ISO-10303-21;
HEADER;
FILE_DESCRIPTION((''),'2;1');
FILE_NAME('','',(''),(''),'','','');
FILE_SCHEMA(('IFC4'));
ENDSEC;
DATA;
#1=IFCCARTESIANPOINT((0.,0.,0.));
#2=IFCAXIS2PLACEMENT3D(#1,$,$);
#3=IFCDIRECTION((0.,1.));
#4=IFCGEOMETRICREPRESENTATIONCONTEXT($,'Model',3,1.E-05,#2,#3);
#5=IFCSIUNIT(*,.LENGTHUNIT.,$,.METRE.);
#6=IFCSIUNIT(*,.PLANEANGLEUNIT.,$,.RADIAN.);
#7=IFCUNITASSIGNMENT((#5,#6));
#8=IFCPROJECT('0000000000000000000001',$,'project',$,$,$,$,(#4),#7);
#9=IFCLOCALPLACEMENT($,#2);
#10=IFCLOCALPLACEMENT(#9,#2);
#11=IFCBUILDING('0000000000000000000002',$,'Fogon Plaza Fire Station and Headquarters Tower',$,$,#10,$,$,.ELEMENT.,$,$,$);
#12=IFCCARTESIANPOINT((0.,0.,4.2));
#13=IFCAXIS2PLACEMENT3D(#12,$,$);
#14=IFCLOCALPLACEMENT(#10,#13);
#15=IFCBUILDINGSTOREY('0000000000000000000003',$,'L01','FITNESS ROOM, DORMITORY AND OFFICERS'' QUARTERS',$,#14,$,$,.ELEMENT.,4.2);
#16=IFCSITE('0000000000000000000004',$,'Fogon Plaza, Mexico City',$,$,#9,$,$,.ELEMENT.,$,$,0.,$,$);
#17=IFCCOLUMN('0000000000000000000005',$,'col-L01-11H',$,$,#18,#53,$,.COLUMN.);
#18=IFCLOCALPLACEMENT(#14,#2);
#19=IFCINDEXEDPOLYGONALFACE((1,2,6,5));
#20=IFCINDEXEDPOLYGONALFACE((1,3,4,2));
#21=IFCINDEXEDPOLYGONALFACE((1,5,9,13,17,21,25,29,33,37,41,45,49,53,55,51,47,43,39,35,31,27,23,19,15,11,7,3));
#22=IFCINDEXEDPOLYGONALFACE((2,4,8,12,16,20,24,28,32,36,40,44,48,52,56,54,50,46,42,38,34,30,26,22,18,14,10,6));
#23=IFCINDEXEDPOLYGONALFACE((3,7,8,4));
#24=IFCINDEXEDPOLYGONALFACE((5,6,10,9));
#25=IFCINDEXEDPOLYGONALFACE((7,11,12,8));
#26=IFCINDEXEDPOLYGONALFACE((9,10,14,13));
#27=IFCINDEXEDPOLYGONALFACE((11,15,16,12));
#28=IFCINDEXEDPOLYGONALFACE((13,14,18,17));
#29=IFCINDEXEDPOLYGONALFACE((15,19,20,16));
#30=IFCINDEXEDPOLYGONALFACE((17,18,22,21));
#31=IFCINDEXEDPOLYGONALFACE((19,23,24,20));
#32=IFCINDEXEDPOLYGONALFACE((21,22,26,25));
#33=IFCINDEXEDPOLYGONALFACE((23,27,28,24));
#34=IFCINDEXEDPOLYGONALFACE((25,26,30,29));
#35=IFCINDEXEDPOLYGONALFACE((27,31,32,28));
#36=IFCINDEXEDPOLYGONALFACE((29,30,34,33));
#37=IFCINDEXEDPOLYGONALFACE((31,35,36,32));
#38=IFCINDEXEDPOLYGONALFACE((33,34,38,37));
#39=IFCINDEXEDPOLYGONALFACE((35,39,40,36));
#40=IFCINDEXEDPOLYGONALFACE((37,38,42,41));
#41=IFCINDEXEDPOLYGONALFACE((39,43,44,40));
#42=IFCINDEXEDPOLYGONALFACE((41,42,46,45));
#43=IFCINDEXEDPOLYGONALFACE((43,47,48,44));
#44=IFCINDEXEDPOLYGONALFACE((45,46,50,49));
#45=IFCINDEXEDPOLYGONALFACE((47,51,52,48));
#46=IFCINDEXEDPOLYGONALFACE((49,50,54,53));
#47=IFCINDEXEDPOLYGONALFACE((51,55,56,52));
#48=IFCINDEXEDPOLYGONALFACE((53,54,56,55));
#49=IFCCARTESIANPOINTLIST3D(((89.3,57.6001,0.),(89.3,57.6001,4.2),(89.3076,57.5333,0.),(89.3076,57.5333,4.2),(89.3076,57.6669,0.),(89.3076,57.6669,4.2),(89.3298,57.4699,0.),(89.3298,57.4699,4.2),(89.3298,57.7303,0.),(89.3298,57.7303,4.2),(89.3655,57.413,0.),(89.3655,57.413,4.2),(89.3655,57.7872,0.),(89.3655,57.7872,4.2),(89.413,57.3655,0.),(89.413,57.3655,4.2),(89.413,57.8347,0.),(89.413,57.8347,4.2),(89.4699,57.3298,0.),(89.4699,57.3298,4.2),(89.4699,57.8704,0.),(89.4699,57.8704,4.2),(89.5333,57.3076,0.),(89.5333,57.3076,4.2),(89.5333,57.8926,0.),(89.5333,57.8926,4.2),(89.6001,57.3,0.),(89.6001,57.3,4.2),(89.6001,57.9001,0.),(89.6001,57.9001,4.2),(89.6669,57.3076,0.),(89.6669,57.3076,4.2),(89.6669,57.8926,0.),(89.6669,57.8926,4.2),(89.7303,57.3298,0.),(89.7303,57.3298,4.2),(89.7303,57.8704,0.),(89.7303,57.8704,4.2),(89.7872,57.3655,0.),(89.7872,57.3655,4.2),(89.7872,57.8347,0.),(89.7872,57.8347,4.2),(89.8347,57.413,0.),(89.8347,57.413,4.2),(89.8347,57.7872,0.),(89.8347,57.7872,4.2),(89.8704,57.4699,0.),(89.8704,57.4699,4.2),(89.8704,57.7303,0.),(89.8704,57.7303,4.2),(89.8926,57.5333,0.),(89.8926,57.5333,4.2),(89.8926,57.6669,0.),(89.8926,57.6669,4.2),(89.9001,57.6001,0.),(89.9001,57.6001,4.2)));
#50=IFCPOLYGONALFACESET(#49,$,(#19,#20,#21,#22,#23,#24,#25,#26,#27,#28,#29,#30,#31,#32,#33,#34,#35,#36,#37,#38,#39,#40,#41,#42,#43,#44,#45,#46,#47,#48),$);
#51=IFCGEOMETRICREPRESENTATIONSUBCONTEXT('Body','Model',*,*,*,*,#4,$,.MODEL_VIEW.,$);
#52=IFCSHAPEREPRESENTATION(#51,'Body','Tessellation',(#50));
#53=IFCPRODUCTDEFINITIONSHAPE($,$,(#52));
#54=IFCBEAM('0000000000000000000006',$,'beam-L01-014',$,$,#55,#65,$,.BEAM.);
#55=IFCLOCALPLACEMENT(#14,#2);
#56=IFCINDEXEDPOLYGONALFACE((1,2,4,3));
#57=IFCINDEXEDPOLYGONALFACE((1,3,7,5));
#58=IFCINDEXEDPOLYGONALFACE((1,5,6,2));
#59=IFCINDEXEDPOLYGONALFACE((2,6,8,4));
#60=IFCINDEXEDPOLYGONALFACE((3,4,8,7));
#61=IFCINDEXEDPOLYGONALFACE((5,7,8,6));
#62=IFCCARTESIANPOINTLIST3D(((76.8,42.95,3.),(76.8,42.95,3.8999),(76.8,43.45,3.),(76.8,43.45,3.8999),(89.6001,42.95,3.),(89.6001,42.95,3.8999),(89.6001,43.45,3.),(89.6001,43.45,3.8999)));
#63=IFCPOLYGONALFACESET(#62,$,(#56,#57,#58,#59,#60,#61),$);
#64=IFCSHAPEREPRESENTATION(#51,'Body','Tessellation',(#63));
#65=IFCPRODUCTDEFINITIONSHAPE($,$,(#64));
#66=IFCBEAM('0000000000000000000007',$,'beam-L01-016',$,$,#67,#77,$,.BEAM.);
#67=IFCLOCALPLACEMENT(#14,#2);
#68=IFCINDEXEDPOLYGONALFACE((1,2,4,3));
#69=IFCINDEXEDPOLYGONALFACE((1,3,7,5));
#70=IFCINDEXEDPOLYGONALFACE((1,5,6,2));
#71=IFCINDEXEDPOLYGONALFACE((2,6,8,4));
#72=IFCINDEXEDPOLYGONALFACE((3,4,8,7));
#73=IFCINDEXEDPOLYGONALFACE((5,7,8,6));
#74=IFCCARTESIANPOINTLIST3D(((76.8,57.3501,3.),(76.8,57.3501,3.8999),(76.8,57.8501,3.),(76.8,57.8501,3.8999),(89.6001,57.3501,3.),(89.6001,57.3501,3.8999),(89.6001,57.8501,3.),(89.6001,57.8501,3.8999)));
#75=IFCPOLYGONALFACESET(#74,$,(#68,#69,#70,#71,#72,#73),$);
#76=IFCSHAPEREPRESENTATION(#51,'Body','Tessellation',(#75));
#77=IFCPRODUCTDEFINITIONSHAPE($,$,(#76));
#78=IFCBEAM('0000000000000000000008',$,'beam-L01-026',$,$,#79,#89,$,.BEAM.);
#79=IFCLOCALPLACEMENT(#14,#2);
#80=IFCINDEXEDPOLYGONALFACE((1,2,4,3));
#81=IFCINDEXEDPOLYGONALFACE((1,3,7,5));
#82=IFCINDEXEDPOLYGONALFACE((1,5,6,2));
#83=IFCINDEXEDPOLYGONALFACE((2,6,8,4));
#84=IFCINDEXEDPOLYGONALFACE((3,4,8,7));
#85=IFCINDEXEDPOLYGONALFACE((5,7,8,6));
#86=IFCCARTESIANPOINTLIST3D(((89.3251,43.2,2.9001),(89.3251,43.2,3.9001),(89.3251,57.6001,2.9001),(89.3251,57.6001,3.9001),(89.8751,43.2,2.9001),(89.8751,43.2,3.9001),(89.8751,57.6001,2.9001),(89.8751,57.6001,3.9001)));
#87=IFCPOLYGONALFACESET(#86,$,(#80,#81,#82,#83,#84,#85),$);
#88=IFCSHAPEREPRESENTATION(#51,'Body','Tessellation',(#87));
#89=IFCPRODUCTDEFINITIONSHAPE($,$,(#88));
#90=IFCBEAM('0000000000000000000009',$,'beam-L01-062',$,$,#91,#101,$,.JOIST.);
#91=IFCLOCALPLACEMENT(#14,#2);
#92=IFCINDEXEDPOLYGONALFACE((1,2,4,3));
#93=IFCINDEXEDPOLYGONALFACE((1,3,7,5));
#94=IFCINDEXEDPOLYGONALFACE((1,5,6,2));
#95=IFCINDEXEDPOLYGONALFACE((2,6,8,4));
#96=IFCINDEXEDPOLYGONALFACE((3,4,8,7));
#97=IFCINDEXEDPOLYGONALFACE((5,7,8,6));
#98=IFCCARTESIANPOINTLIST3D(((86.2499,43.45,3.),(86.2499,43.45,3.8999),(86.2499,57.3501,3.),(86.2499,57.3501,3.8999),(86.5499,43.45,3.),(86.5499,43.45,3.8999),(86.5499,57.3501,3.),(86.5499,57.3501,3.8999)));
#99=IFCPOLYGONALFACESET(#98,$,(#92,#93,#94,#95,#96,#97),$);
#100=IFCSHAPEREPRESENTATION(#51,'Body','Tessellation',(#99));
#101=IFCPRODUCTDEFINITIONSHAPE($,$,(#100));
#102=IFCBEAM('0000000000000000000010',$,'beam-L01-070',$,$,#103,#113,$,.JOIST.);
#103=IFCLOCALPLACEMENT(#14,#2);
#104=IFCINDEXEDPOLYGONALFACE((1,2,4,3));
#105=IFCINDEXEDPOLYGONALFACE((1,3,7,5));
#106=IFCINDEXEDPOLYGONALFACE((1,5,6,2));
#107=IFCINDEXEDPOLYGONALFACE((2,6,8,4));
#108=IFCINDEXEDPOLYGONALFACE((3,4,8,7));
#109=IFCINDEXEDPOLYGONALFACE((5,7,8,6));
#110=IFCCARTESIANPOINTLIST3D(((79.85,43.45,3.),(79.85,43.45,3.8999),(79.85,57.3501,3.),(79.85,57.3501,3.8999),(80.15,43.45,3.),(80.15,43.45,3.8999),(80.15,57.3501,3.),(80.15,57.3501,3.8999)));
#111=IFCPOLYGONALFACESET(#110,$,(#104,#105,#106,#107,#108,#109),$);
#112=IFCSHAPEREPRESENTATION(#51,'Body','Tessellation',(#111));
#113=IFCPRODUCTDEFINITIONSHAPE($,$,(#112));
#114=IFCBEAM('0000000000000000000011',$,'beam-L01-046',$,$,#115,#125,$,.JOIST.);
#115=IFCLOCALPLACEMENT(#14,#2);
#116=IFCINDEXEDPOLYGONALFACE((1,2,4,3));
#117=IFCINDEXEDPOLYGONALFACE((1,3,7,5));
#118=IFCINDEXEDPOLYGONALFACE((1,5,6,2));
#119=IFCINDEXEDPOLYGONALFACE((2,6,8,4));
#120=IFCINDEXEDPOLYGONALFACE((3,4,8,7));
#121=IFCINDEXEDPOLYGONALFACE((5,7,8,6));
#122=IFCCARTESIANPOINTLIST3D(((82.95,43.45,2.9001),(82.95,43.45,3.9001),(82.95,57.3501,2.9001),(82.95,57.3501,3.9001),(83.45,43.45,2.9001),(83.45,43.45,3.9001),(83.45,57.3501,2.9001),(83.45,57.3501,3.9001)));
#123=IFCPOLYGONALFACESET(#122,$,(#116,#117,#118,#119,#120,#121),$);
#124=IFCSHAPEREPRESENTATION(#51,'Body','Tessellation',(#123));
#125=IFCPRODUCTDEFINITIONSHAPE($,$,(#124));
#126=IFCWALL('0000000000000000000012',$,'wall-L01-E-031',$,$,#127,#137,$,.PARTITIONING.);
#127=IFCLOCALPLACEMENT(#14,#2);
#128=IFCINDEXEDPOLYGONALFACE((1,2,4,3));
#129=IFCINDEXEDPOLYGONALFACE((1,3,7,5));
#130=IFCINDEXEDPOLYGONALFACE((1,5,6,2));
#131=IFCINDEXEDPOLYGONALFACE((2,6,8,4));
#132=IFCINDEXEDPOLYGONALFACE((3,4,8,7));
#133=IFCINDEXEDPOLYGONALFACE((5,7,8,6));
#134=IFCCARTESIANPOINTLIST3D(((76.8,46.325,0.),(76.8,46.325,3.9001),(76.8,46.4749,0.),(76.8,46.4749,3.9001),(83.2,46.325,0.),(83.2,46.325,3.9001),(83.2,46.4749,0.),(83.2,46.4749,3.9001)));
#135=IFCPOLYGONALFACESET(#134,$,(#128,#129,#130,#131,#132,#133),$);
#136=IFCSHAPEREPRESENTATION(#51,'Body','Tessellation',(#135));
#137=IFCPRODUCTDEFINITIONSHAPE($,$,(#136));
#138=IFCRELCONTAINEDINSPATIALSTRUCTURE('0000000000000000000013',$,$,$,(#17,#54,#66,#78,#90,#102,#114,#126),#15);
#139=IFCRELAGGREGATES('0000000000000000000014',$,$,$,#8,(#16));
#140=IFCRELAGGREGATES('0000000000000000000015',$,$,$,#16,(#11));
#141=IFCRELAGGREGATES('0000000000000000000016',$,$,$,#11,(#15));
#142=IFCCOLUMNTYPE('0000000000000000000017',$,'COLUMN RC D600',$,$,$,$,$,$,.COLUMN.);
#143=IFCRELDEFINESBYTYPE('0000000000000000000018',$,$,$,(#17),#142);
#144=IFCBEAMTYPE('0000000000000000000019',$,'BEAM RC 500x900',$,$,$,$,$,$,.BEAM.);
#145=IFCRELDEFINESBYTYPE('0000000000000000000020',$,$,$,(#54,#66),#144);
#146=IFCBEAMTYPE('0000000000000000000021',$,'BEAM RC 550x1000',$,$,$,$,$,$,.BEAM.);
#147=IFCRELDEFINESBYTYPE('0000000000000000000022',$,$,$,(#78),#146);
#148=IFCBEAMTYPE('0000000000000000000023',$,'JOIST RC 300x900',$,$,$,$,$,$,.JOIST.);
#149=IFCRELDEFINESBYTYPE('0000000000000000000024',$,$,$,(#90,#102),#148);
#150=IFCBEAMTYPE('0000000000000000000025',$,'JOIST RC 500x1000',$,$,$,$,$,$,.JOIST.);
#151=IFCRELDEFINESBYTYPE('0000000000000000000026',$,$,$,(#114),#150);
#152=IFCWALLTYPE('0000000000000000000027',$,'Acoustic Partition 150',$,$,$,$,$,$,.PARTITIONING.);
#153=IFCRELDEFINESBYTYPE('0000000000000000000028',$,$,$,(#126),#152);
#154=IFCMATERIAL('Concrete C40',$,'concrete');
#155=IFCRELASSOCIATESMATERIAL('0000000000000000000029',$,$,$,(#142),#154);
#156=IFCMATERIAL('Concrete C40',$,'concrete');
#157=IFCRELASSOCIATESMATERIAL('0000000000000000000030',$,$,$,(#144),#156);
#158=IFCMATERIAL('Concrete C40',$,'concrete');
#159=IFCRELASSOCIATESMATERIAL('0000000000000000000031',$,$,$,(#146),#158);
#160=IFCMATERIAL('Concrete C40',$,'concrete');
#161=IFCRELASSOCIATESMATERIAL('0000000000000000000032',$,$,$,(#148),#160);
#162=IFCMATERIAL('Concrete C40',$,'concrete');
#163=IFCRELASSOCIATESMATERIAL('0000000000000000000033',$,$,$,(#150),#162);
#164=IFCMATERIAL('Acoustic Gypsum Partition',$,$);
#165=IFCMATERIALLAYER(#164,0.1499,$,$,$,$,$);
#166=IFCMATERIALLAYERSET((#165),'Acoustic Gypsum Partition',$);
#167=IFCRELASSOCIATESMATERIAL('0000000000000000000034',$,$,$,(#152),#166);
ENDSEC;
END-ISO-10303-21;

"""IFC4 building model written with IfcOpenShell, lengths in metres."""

from ifc_helpers import new_model, si_unit, direction, frame, frame_2d, origin, origin_2d, place, context, subcontext, project, spatial, rectangle, circle, extrude, material, layer, layer_set, material_profile, profile_set, type_object, element, save


model = new_model("IFC4")

# Units and contexts
model_context = context("Model", 3, precision=1e-05, world=origin(), true_north=direction((0.0, 1.0)))
body_context = subcontext(model_context, "Body", "Model", "MODEL_VIEW")
ifc_project = project(units=[si_unit("LENGTHUNIT", "METRE"), si_unit("PLANEANGLEUNIT", "RADIAN")], contexts=[model_context])

# Site, building, storey
site_placement = place(None, origin())
site = spatial("IfcSite", under=ifc_project, at=site_placement, Name="Fogon Plaza, Mexico City", CompositionType="ELEMENT", RefElevation=0.0)
building_placement = place(site_placement, origin())
building = spatial("IfcBuilding", under=site, at=building_placement, Name="Fogon Plaza Fire Station and Headquarters Tower", CompositionType="ELEMENT")
storey_placement = place(building_placement, frame((0.0, 0.0, 4.2)))
storey = spatial("IfcBuildingStorey", under=building, at=storey_placement, Name="L01", Description="FITNESS ROOM, DORMITORY AND OFFICERS' QUARTERS", CompositionType="ELEMENT", Elevation=4.2)

# Column
ifc_material_1 = material(Name="Concrete C40", Category="concrete")
ifc_material_profile_1 = material_profile(ifc_material_1, circle(Radius=0.3, at=origin_2d()), Name="RC D600")
ifc_profile_set_1 = profile_set([ifc_material_profile_1], Name="Concrete C40")
column_type = type_object("IfcColumnType", Name="COLUMN RC D600", PredefinedType="COLUMN", material=ifc_profile_set_1)
column_placement = place(storey_placement, frame((89.6001, 57.6001, 0.0), z_axis=(0.0, 0.0, 1.0), x_axis=(1.0, 0.0, 0.0)))
element("IfcColumn", 1, at=column_placement, inside=storey, type_object=column_type, Name="col-L01-11H", PredefinedType="COLUMN", context=body_context, shape_type="SweptSolid", body=[
    extrude(circle(Radius=0.3, at=origin_2d()), origin(), (0.0, 0.0, 1.0), 4.2),
])

# Beams
ifc_material_2 = material(Name="Concrete C40", Category="concrete")
ifc_material_profile_2 = material_profile(ifc_material_2, rectangle(XDim=0.5, YDim=0.8999, at=origin_2d()), Name="RC 500x900")
ifc_profile_set_2 = profile_set([ifc_material_profile_2], Name="Concrete C40")
beam_type_1 = type_object("IfcBeamType", Name="BEAM RC 500x900", PredefinedType="BEAM", material=ifc_profile_set_2)
for number, where, z_axis, x_axis, name in (
    (2, (89.6001, 43.2, 3.45), (-1.0, 0.0, 0.0), (0.0, -1.0, 0.0), "beam-L01-014"),
    (3, (89.6001, 57.6001, 3.45), (-1.0, 0.0, 0.0), (0.0, -1.0, 0.0), "beam-L01-016"),
):
    element("IfcBeam", number, at=place(storey_placement, frame(where, z_axis=z_axis, x_axis=x_axis)), inside=storey, type_object=beam_type_1, Name=name, PredefinedType="BEAM", context=body_context, shape_type="SweptSolid", body=[
        extrude(rectangle(XDim=0.5, YDim=0.8999, at=origin_2d()), origin(), (0.0, 0.0, 1.0), 12.8),
    ])
ifc_material_3 = material(Name="Concrete C40", Category="concrete")
ifc_material_profile_3 = material_profile(ifc_material_3, rectangle(XDim=0.55, YDim=1.0, at=origin_2d()), Name="RC 550x1000")
ifc_profile_set_3 = profile_set([ifc_material_profile_3], Name="Concrete C40")
beam_type_2 = type_object("IfcBeamType", Name="BEAM RC 550x1000", PredefinedType="BEAM", material=ifc_profile_set_3)
beam_1_placement = place(storey_placement, frame((89.6001, 43.2, 3.4001), z_axis=(0.0, 1.0, 0.0), x_axis=(-1.0, 0.0, 0.0)))
element("IfcBeam", 4, at=beam_1_placement, inside=storey, type_object=beam_type_2, Name="beam-L01-026", PredefinedType="BEAM", context=body_context, shape_type="SweptSolid", body=[
    extrude(rectangle(XDim=0.55, YDim=1.0, at=origin_2d()), origin(), (0.0, 0.0, 1.0), 14.4001),
])
ifc_material_4 = material(Name="Concrete C40", Category="concrete")
ifc_material_profile_4 = material_profile(ifc_material_4, rectangle(XDim=0.3, YDim=0.8999, at=origin_2d()), Name="RC 300x900")
ifc_profile_set_4 = profile_set([ifc_material_profile_4], Name="Concrete C40")
beam_type_3 = type_object("IfcBeamType", Name="JOIST RC 300x900", PredefinedType="JOIST", material=ifc_profile_set_4)
for number, where, z_axis, x_axis, name in (
    (5, (86.3999, 43.45, 3.45), (0.0, 1.0, 0.0), (-1.0, 0.0, 0.0), "beam-L01-062"),
    (6, (80.0, 43.45, 3.45), (0.0, 1.0, 0.0), (-1.0, 0.0, 0.0), "beam-L01-070"),
):
    element("IfcBeam", number, at=place(storey_placement, frame(where, z_axis=z_axis, x_axis=x_axis)), inside=storey, type_object=beam_type_3, Name=name, PredefinedType="JOIST", context=body_context, shape_type="SweptSolid", body=[
        extrude(rectangle(XDim=0.3, YDim=0.8999, at=origin_2d()), origin(), (0.0, 0.0, 1.0), 13.9001),
    ])
ifc_material_5 = material(Name="Concrete C40", Category="concrete")
ifc_material_profile_5 = material_profile(ifc_material_5, rectangle(XDim=0.5, YDim=1.0, at=origin_2d()), Name="RC 500x1000")
ifc_profile_set_5 = profile_set([ifc_material_profile_5], Name="Concrete C40")
beam_type_4 = type_object("IfcBeamType", Name="JOIST RC 500x1000", PredefinedType="JOIST", material=ifc_profile_set_5)
beam_2_placement = place(storey_placement, frame((83.2, 43.45, 3.4001), z_axis=(0.0, 1.0, 0.0), x_axis=(-1.0, 0.0, 0.0)))
element("IfcBeam", 7, at=beam_2_placement, inside=storey, type_object=beam_type_4, Name="beam-L01-046", PredefinedType="JOIST", context=body_context, shape_type="SweptSolid", body=[
    extrude(rectangle(XDim=0.5, YDim=1.0, at=origin_2d()), origin(), (0.0, 0.0, 1.0), 13.9001),
])

# Wall
ifc_material_6 = material(Name="Acoustic Gypsum Partition")
ifc_layer_1 = layer(ifc_material_6, 0.1499)
ifc_layer_set_1 = layer_set([ifc_layer_1], Name="Acoustic Gypsum Partition")
wall_type_1 = type_object("IfcWallType", Name="Acoustic Partition 150", PredefinedType="PARTITIONING", material=ifc_layer_set_1)
wall_1_placement = place(storey_placement, frame((83.2, 46.3999, 0.0), z_axis=(0.0, 0.0, 1.0), x_axis=(-1.0, 0.0, 0.0)))
element("IfcWall", 8, at=wall_1_placement, inside=storey, type_object=wall_type_1, Name="wall-L01-E-031", PredefinedType="PARTITIONING", context=body_context, shape_type="SweptSolid", body=[
    extrude(rectangle(XDim=6.3999, YDim=0.1499, at=frame_2d((3.2, 0.0))), origin(), (0.0, 0.0, 1.0), 3.9001),
])

save(model, "model.ifc")
